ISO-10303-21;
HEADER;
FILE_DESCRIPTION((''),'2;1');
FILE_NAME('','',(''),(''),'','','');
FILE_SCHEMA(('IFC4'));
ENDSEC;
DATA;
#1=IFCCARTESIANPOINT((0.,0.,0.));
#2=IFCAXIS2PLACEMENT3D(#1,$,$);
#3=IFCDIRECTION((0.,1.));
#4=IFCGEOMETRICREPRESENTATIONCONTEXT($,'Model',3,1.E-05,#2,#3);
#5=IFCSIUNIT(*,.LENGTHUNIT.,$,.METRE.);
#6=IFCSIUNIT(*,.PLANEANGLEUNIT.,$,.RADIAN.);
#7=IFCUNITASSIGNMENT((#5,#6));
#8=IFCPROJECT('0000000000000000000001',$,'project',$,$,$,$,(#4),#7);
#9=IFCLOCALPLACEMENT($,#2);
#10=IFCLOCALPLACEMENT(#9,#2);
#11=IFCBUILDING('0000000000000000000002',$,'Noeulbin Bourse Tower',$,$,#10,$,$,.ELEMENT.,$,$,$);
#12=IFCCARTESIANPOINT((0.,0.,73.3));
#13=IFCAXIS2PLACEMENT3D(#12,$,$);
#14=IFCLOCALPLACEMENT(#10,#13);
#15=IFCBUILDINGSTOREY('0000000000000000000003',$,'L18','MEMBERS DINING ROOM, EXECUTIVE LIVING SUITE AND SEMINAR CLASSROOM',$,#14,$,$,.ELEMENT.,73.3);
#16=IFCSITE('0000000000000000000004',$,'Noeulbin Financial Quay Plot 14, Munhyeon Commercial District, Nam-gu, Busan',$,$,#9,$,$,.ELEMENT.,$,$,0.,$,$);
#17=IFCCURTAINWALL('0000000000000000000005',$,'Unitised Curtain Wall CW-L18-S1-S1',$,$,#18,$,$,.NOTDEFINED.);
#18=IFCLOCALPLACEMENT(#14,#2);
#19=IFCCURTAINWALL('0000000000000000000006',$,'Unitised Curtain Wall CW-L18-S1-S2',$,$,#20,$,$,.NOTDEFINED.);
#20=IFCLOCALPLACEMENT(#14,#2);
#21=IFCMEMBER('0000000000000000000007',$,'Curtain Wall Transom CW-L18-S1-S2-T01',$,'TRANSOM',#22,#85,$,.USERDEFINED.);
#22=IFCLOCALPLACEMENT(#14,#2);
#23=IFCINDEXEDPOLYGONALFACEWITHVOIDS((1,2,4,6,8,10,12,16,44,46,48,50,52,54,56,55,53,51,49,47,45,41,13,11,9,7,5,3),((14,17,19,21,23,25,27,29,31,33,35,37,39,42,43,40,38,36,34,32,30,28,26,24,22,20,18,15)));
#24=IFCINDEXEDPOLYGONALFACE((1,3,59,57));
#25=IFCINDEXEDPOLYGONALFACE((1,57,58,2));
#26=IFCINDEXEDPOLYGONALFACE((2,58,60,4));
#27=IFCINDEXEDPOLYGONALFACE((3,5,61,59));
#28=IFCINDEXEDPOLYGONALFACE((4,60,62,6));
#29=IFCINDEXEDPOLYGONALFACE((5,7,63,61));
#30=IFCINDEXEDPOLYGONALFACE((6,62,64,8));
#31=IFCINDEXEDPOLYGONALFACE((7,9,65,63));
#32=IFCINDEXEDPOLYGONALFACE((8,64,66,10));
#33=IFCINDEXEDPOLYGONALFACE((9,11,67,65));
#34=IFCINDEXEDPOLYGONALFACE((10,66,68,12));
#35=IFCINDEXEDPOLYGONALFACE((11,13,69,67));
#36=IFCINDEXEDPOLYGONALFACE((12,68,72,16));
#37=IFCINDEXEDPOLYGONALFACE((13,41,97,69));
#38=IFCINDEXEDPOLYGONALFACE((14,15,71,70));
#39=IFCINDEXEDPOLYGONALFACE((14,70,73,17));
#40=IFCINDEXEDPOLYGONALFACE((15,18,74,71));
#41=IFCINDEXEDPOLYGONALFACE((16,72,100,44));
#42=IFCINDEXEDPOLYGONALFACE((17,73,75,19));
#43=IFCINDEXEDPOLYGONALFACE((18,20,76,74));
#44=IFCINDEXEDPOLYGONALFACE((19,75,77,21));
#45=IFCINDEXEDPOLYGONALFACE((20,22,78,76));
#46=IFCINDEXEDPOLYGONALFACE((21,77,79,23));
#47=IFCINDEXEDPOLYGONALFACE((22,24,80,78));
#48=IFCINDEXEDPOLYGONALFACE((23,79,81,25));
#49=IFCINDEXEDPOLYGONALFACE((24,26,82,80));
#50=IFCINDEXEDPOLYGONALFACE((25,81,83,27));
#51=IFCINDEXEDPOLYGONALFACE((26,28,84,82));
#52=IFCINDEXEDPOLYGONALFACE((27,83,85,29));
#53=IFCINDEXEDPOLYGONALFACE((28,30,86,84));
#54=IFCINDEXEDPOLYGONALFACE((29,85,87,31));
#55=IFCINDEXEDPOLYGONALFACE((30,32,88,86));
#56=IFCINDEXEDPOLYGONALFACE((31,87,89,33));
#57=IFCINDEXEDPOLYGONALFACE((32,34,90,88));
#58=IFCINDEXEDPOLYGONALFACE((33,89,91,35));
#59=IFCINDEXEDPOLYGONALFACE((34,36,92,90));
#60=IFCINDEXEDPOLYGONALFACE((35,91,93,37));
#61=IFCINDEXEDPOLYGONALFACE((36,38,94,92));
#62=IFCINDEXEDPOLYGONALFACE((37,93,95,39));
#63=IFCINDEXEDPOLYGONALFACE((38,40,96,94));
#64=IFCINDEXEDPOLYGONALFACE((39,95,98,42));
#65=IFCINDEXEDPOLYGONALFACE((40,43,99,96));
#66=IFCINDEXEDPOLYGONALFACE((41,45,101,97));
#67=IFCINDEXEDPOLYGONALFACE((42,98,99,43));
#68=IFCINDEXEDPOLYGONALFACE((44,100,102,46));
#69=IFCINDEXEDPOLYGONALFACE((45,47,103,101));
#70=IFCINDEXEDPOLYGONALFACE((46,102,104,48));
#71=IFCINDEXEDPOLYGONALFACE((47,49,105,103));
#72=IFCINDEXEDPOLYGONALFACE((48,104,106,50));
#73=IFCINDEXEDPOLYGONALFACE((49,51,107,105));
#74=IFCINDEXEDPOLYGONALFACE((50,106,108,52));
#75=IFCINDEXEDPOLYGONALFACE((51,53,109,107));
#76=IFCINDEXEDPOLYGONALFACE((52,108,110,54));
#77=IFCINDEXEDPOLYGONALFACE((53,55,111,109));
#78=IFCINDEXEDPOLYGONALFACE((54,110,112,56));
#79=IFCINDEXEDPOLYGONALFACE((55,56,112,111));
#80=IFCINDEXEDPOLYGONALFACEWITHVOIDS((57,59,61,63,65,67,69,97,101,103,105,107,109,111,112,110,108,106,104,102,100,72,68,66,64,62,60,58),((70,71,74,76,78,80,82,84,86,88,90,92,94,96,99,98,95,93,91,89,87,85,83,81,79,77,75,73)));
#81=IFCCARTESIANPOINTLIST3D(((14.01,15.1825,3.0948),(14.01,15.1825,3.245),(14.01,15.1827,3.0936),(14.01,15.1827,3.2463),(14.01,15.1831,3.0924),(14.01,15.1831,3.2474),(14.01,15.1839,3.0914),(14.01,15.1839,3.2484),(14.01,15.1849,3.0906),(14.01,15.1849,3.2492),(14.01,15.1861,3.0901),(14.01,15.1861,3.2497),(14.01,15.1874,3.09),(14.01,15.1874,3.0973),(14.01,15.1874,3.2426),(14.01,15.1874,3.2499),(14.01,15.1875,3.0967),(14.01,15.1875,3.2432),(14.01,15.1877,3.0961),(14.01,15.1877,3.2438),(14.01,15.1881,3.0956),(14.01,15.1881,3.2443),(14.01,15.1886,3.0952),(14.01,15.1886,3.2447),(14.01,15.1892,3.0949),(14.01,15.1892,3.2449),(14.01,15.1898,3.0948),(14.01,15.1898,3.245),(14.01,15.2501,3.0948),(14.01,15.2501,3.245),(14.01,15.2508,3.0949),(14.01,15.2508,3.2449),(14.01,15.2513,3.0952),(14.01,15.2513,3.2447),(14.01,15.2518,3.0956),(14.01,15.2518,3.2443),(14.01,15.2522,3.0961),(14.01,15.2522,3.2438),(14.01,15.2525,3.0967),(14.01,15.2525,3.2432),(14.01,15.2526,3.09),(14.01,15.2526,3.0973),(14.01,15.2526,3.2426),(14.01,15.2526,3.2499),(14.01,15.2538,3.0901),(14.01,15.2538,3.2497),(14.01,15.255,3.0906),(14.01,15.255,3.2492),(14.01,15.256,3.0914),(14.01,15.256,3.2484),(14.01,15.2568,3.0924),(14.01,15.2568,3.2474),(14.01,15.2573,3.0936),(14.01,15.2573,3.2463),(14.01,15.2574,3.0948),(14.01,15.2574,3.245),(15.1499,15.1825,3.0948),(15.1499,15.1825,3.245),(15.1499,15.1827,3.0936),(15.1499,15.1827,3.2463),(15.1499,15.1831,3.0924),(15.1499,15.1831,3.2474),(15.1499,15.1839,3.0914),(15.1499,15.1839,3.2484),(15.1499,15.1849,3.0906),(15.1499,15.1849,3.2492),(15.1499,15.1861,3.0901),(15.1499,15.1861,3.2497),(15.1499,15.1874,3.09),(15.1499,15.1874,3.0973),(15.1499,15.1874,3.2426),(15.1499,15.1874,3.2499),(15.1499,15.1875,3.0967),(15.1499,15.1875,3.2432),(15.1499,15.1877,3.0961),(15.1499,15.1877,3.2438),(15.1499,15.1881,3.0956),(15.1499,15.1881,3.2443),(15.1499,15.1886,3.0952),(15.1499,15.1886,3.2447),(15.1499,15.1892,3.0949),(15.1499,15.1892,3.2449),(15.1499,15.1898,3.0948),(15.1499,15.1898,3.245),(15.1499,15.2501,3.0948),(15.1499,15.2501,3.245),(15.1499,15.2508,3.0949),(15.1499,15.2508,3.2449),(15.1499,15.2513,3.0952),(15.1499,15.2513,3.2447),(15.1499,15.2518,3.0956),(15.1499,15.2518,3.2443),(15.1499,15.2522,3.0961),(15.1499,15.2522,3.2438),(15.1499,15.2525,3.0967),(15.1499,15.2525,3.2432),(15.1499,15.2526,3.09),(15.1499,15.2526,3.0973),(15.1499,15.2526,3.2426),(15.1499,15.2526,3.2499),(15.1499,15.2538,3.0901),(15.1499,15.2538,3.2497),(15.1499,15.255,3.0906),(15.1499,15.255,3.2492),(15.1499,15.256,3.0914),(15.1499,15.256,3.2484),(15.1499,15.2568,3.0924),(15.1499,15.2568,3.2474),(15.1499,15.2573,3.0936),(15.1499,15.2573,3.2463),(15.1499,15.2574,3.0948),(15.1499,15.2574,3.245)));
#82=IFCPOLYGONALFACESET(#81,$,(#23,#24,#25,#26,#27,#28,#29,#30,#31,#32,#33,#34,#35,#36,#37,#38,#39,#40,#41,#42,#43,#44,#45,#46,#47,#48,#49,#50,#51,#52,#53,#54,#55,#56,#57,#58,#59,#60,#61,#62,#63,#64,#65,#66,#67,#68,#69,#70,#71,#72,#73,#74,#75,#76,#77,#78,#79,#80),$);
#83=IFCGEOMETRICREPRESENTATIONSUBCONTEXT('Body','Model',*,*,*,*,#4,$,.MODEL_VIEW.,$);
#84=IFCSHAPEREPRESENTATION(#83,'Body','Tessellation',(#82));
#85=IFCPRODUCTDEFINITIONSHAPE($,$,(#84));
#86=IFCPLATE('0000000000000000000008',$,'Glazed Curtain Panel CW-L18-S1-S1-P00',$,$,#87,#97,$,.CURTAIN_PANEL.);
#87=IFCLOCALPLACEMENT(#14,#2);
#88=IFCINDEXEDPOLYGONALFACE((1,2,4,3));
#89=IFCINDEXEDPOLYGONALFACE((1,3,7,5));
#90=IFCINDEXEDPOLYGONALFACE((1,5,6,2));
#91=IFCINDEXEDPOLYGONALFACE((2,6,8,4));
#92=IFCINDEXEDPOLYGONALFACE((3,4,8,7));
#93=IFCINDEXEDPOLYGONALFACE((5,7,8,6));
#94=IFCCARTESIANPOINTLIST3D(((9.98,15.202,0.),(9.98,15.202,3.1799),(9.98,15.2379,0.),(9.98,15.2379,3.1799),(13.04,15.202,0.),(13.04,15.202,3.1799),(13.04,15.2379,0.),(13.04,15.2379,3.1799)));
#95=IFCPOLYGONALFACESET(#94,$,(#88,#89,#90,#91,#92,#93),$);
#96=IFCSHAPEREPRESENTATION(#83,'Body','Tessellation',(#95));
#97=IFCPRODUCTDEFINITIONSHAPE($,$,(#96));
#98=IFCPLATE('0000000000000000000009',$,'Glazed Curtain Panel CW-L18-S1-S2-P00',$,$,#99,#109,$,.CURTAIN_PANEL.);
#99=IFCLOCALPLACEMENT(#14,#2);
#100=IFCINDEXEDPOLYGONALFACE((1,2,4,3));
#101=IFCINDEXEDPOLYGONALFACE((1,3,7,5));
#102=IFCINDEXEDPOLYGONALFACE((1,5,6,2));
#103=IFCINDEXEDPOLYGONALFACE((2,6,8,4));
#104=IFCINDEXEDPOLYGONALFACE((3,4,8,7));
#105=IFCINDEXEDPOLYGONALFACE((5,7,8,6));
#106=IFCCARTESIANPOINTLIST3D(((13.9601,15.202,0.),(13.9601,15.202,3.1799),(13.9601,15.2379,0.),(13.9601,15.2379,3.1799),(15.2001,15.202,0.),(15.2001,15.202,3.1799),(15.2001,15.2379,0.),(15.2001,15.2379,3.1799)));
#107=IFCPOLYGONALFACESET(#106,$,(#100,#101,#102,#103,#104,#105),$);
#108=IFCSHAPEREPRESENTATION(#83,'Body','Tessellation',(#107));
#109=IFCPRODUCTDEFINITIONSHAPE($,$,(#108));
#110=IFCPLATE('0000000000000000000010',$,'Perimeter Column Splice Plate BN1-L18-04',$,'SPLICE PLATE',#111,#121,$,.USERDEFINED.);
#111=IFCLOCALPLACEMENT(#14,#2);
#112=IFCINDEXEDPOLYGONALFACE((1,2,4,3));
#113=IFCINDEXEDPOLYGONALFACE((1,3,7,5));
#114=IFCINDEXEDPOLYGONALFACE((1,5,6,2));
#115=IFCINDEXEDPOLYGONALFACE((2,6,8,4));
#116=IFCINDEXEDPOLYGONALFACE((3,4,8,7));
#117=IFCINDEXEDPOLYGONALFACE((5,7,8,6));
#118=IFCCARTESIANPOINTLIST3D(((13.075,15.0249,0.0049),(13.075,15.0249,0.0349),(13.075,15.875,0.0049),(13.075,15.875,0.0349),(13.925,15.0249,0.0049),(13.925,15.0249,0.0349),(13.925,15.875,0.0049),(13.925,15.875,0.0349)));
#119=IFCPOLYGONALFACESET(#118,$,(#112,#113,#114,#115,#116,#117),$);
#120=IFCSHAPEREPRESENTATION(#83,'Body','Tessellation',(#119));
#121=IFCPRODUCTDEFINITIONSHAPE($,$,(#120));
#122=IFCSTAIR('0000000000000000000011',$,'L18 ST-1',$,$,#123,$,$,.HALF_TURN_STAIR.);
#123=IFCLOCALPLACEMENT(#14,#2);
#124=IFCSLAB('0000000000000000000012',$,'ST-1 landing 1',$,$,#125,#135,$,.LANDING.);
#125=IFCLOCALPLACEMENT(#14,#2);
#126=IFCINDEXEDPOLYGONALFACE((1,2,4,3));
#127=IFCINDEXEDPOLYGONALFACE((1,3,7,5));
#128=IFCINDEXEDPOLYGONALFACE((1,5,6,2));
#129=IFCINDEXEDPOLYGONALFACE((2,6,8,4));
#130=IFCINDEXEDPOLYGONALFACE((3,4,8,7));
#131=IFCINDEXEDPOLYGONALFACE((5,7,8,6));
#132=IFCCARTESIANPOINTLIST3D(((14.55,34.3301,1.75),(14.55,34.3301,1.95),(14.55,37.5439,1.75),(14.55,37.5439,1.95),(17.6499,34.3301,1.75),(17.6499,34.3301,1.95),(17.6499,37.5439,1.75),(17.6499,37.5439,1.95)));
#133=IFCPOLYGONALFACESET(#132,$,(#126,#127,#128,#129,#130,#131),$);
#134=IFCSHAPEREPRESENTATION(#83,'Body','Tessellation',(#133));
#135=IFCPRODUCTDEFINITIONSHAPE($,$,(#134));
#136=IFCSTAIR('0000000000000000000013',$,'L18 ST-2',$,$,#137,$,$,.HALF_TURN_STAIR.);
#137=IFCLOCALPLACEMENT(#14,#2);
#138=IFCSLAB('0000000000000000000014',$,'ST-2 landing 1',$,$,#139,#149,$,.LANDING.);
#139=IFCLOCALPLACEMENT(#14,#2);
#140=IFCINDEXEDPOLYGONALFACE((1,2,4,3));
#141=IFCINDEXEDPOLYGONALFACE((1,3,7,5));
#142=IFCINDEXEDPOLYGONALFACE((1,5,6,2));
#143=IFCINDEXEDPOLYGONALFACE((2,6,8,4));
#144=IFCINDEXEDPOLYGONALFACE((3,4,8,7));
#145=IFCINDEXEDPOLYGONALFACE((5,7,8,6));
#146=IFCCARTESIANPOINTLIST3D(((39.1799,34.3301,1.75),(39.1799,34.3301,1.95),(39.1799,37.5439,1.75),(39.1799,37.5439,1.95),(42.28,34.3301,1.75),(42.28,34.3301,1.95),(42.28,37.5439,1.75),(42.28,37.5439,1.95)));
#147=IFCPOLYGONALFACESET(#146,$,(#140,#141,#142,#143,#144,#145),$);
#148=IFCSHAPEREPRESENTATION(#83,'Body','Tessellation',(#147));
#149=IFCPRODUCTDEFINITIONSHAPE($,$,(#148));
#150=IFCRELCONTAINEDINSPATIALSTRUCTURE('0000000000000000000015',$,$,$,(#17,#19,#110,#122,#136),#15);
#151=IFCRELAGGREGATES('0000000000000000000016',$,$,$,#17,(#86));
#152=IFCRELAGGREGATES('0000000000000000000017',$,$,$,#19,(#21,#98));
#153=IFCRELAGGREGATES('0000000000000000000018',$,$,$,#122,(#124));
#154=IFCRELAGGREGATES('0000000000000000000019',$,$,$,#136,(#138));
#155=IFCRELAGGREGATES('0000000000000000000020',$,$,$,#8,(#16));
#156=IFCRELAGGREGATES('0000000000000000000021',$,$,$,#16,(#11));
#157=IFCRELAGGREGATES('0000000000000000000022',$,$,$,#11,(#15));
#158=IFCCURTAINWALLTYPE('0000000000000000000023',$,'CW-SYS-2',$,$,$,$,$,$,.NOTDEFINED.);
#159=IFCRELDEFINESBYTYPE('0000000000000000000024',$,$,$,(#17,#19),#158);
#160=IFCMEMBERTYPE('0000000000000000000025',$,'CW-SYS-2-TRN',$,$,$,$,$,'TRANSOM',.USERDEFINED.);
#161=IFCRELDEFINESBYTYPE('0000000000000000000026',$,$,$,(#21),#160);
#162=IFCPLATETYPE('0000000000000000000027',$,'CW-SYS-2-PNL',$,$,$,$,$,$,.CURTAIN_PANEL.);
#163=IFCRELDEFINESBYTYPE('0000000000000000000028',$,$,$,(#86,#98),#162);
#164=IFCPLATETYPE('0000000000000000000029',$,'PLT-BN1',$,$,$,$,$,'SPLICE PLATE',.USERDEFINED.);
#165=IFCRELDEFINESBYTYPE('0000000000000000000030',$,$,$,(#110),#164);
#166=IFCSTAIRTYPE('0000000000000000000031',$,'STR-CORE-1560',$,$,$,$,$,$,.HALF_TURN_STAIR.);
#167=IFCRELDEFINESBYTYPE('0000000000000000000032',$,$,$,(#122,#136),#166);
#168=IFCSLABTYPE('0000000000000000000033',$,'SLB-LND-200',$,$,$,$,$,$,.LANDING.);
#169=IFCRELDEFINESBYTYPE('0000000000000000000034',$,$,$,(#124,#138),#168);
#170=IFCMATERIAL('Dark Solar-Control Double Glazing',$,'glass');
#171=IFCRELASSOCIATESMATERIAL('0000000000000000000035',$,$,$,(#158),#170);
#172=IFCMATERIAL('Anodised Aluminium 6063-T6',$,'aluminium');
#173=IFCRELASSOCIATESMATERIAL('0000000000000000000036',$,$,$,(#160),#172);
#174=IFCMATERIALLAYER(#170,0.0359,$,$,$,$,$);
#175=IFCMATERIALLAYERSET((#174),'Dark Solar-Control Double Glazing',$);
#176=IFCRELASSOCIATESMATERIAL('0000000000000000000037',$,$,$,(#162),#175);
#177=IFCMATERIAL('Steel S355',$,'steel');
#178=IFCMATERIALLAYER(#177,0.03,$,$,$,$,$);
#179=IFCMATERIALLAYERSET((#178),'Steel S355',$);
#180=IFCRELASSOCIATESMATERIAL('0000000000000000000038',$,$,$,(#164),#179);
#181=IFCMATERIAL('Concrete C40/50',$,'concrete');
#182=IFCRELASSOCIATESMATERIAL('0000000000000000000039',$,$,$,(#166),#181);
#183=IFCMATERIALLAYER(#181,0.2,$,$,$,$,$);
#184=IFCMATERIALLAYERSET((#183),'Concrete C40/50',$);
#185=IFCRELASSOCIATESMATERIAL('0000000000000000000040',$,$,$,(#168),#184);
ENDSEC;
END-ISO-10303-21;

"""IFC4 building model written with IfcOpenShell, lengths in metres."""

from ifc_helpers import new_model, si_unit, direction, frame, origin, origin_2d, place, context, subcontext, project, spatial, polyline, rectangle, hollow_rectangle, outline, extrude, material, layer, layer_set, material_profile, profile_set, type_object, element, aggregate, save


model = new_model("IFC4")

# Units and contexts
model_context = context("Model", 3, precision=1e-05, world=origin(), true_north=direction((0.0, 1.0)))
body_context = subcontext(model_context, "Body", "Model", "MODEL_VIEW")
ifc_project = project(units=[si_unit("LENGTHUNIT", "METRE"), si_unit("PLANEANGLEUNIT", "RADIAN")], contexts=[model_context])

# Site, building, storey
site_placement = place(None, origin())
site = spatial("IfcSite", under=ifc_project, at=site_placement, Name="Noeulbin Financial Quay Plot 14, Munhyeon Commercial District, Nam-gu, Busan", CompositionType="ELEMENT", RefElevation=0.0)
building_placement = place(site_placement, origin())
building = spatial("IfcBuilding", under=site, at=building_placement, Name="Noeulbin Bourse Tower", CompositionType="ELEMENT")
storey_placement = place(building_placement, frame((0.0, 0.0, 73.3)))
storey = spatial("IfcBuildingStorey", under=building, at=storey_placement, Name="L18", Description="MEMBERS DINING ROOM, EXECUTIVE LIVING SUITE AND SEMINAR CLASSROOM", CompositionType="ELEMENT", Elevation=73.3)

# Shared definitions
ifc_material_1 = material(Name="Steel S355", Category="steel")

# Curtain walls
ifc_material_2 = material(Name="Dark Solar-Control Double Glazing", Category="glass")
curtain_wall_type = type_object("IfcCurtainWallType", Name="CW-SYS-2", PredefinedType="NOTDEFINED", material=ifc_material_2)
curtain_wall_1_placement = place(storey_placement, origin())
curtain_wall_1 = element("IfcCurtainWall", 1, at=curtain_wall_1_placement, inside=storey, type_object=curtain_wall_type, Name="Unitised Curtain Wall CW-L18-S1-S1", PredefinedType="NOTDEFINED")
ifc_material_3 = material(Name="Anodised Aluminium 6063-T6", Category="aluminium")
curtain_wall_2_placement = place(storey_placement, origin())
curtain_wall_2 = element("IfcCurtainWall", 2, at=curtain_wall_2_placement, inside=storey, type_object=curtain_wall_type, Name="Unitised Curtain Wall CW-L18-S1-S2", PredefinedType="NOTDEFINED")

# Member
ifc_material_profile_1 = material_profile(ifc_material_3, hollow_rectangle(XDim=0.075, YDim=0.1599, WallThickness=0.0049, InnerFilletRadius=0.0024, OuterFilletRadius=0.0049, at=origin_2d()), Name="ALU-TRAN-75x160x5", Category="LoadBearing")
ifc_profile_set_1 = profile_set([ifc_material_profile_1], Name="Anodised Aluminium 6063-T6")
member_type_1 = type_object("IfcMemberType", Name="CW-SYS-2-TRN", ElementType="TRANSOM", PredefinedType="USERDEFINED", material=ifc_profile_set_1)
member_1_placement = place(storey_placement, frame((14.01, 15.22, 3.1699), z_axis=(1.0, 0.0, 0.0), x_axis=(0.0, 1.0, 0.0)))
member_1 = element("IfcMember", 3, at=member_1_placement, type_object=member_type_1, Name="Curtain Wall Transom CW-L18-S1-S2-T01", ObjectType="TRANSOM", PredefinedType="USERDEFINED", context=body_context, shape_type="SweptSolid", body=[
    extrude(hollow_rectangle(XDim=0.075, YDim=0.1599, WallThickness=0.0049, InnerFilletRadius=0.0024, OuterFilletRadius=0.0049, at=origin_2d()), origin(), (0.0, 0.0, 1.0), 1.1399),
])

# Plates
ifc_layer_1 = layer(ifc_material_2, 0.0359)
ifc_layer_set_1 = layer_set([ifc_layer_1], Name="Dark Solar-Control Double Glazing")
plate_type_1 = type_object("IfcPlateType", Name="CW-SYS-2-PNL", PredefinedType="CURTAIN_PANEL", material=ifc_layer_set_1)
plate_1_placement = place(storey_placement, frame((11.51, 15.22, 0.0), z_axis=(0.0, 0.0, 1.0), x_axis=(1.0, 0.0, 0.0)))
plate_1 = element("IfcPlate", 4, at=plate_1_placement, type_object=plate_type_1, Name="Glazed Curtain Panel CW-L18-S1-S1-P00", PredefinedType="CURTAIN_PANEL", context=body_context, shape_type="SweptSolid", body=[
    extrude(rectangle(XDim=3.0601, YDim=0.0359, at=origin_2d()), origin(), (0.0, 0.0, 1.0), 3.1799),
])
aggregate(curtain_wall_1, [plate_1])
plate_2_placement = place(storey_placement, frame((14.5801, 15.22, 0.0), z_axis=(0.0, 0.0, 1.0), x_axis=(1.0, 0.0, 0.0)))
plate_2 = element("IfcPlate", 5, at=plate_2_placement, type_object=plate_type_1, Name="Glazed Curtain Panel CW-L18-S1-S2-P00", PredefinedType="CURTAIN_PANEL", context=body_context, shape_type="SweptSolid", body=[
    extrude(rectangle(XDim=1.24, YDim=0.0359, at=origin_2d()), origin(), (0.0, 0.0, 1.0), 3.1799),
])
aggregate(curtain_wall_2, [member_1, plate_2])
ifc_layer_2 = layer(ifc_material_1, 0.03)
ifc_layer_set_2 = layer_set([ifc_layer_2], Name="Steel S355")
plate_type_2 = type_object("IfcPlateType", Name="PLT-BN1", ElementType="SPLICE PLATE", PredefinedType="USERDEFINED", material=ifc_layer_set_2)
plate_3_placement = place(storey_placement, frame((13.5, 15.45, 0.0049), z_axis=(0.0, 0.0, 1.0), x_axis=(1.0, 0.0, 0.0)))
element("IfcPlate", 6, at=plate_3_placement, inside=storey, type_object=plate_type_2, Name="Perimeter Column Splice Plate BN1-L18-04", ObjectType="SPLICE PLATE", PredefinedType="USERDEFINED", context=body_context, shape_type="SweptSolid", body=[
    extrude(rectangle(XDim=0.8501, YDim=0.8501, at=origin_2d()), origin(), (0.0, 0.0, 1.0), 0.03),
])

# Stairs, slabs
ifc_material_4 = material(Name="Concrete C40/50", Category="concrete")
stair_type = type_object("IfcStairType", Name="STR-CORE-1560", PredefinedType="HALF_TURN_STAIR", material=ifc_material_4)
stair_1_placement = place(storey_placement, origin())
stair_1 = element("IfcStair", 7, at=stair_1_placement, inside=storey, type_object=stair_type, Name="L18 ST-1", PredefinedType="HALF_TURN_STAIR")
ifc_layer_3 = layer(ifc_material_4, 0.2)
ifc_layer_set_3 = layer_set([ifc_layer_3], Name="Concrete C40/50")
slab_type_1 = type_object("IfcSlabType", Name="SLB-LND-200", PredefinedType="LANDING", material=ifc_layer_set_3)
slab_1_placement = place(storey_placement, frame((0.0, 0.0, 1.75)))
slab_1 = element("IfcSlab", 8, at=slab_1_placement, type_object=slab_type_1, Name="ST-1 landing 1", PredefinedType="LANDING", context=body_context, shape_type="SweptSolid", body=[
    extrude(outline(polyline([(17.6499, 34.3301), (17.6499, 37.5439), (14.55, 37.5439), (14.55, 34.3301), (17.6499, 34.3301)])), origin(), (0.0, 0.0, 1.0), 0.2),
])
aggregate(stair_1, [slab_1])
stair_2_placement = place(storey_placement, origin())
stair_2 = element("IfcStair", 9, at=stair_2_placement, inside=storey, type_object=stair_type, Name="L18 ST-2", PredefinedType="HALF_TURN_STAIR")
slab_2_placement = place(storey_placement, frame((0.0, 0.0, 1.75)))
slab_2 = element("IfcSlab", 10, at=slab_2_placement, type_object=slab_type_1, Name="ST-2 landing 1", PredefinedType="LANDING", context=body_context, shape_type="SweptSolid", body=[
    extrude(outline(polyline([(42.28, 34.3301), (42.28, 37.5439), (39.1799, 37.5439), (39.1799, 34.3301), (42.28, 34.3301)])), origin(), (0.0, 0.0, 1.0), 0.2),
])
aggregate(stair_2, [slab_2])

save(model, "model.ifc")
